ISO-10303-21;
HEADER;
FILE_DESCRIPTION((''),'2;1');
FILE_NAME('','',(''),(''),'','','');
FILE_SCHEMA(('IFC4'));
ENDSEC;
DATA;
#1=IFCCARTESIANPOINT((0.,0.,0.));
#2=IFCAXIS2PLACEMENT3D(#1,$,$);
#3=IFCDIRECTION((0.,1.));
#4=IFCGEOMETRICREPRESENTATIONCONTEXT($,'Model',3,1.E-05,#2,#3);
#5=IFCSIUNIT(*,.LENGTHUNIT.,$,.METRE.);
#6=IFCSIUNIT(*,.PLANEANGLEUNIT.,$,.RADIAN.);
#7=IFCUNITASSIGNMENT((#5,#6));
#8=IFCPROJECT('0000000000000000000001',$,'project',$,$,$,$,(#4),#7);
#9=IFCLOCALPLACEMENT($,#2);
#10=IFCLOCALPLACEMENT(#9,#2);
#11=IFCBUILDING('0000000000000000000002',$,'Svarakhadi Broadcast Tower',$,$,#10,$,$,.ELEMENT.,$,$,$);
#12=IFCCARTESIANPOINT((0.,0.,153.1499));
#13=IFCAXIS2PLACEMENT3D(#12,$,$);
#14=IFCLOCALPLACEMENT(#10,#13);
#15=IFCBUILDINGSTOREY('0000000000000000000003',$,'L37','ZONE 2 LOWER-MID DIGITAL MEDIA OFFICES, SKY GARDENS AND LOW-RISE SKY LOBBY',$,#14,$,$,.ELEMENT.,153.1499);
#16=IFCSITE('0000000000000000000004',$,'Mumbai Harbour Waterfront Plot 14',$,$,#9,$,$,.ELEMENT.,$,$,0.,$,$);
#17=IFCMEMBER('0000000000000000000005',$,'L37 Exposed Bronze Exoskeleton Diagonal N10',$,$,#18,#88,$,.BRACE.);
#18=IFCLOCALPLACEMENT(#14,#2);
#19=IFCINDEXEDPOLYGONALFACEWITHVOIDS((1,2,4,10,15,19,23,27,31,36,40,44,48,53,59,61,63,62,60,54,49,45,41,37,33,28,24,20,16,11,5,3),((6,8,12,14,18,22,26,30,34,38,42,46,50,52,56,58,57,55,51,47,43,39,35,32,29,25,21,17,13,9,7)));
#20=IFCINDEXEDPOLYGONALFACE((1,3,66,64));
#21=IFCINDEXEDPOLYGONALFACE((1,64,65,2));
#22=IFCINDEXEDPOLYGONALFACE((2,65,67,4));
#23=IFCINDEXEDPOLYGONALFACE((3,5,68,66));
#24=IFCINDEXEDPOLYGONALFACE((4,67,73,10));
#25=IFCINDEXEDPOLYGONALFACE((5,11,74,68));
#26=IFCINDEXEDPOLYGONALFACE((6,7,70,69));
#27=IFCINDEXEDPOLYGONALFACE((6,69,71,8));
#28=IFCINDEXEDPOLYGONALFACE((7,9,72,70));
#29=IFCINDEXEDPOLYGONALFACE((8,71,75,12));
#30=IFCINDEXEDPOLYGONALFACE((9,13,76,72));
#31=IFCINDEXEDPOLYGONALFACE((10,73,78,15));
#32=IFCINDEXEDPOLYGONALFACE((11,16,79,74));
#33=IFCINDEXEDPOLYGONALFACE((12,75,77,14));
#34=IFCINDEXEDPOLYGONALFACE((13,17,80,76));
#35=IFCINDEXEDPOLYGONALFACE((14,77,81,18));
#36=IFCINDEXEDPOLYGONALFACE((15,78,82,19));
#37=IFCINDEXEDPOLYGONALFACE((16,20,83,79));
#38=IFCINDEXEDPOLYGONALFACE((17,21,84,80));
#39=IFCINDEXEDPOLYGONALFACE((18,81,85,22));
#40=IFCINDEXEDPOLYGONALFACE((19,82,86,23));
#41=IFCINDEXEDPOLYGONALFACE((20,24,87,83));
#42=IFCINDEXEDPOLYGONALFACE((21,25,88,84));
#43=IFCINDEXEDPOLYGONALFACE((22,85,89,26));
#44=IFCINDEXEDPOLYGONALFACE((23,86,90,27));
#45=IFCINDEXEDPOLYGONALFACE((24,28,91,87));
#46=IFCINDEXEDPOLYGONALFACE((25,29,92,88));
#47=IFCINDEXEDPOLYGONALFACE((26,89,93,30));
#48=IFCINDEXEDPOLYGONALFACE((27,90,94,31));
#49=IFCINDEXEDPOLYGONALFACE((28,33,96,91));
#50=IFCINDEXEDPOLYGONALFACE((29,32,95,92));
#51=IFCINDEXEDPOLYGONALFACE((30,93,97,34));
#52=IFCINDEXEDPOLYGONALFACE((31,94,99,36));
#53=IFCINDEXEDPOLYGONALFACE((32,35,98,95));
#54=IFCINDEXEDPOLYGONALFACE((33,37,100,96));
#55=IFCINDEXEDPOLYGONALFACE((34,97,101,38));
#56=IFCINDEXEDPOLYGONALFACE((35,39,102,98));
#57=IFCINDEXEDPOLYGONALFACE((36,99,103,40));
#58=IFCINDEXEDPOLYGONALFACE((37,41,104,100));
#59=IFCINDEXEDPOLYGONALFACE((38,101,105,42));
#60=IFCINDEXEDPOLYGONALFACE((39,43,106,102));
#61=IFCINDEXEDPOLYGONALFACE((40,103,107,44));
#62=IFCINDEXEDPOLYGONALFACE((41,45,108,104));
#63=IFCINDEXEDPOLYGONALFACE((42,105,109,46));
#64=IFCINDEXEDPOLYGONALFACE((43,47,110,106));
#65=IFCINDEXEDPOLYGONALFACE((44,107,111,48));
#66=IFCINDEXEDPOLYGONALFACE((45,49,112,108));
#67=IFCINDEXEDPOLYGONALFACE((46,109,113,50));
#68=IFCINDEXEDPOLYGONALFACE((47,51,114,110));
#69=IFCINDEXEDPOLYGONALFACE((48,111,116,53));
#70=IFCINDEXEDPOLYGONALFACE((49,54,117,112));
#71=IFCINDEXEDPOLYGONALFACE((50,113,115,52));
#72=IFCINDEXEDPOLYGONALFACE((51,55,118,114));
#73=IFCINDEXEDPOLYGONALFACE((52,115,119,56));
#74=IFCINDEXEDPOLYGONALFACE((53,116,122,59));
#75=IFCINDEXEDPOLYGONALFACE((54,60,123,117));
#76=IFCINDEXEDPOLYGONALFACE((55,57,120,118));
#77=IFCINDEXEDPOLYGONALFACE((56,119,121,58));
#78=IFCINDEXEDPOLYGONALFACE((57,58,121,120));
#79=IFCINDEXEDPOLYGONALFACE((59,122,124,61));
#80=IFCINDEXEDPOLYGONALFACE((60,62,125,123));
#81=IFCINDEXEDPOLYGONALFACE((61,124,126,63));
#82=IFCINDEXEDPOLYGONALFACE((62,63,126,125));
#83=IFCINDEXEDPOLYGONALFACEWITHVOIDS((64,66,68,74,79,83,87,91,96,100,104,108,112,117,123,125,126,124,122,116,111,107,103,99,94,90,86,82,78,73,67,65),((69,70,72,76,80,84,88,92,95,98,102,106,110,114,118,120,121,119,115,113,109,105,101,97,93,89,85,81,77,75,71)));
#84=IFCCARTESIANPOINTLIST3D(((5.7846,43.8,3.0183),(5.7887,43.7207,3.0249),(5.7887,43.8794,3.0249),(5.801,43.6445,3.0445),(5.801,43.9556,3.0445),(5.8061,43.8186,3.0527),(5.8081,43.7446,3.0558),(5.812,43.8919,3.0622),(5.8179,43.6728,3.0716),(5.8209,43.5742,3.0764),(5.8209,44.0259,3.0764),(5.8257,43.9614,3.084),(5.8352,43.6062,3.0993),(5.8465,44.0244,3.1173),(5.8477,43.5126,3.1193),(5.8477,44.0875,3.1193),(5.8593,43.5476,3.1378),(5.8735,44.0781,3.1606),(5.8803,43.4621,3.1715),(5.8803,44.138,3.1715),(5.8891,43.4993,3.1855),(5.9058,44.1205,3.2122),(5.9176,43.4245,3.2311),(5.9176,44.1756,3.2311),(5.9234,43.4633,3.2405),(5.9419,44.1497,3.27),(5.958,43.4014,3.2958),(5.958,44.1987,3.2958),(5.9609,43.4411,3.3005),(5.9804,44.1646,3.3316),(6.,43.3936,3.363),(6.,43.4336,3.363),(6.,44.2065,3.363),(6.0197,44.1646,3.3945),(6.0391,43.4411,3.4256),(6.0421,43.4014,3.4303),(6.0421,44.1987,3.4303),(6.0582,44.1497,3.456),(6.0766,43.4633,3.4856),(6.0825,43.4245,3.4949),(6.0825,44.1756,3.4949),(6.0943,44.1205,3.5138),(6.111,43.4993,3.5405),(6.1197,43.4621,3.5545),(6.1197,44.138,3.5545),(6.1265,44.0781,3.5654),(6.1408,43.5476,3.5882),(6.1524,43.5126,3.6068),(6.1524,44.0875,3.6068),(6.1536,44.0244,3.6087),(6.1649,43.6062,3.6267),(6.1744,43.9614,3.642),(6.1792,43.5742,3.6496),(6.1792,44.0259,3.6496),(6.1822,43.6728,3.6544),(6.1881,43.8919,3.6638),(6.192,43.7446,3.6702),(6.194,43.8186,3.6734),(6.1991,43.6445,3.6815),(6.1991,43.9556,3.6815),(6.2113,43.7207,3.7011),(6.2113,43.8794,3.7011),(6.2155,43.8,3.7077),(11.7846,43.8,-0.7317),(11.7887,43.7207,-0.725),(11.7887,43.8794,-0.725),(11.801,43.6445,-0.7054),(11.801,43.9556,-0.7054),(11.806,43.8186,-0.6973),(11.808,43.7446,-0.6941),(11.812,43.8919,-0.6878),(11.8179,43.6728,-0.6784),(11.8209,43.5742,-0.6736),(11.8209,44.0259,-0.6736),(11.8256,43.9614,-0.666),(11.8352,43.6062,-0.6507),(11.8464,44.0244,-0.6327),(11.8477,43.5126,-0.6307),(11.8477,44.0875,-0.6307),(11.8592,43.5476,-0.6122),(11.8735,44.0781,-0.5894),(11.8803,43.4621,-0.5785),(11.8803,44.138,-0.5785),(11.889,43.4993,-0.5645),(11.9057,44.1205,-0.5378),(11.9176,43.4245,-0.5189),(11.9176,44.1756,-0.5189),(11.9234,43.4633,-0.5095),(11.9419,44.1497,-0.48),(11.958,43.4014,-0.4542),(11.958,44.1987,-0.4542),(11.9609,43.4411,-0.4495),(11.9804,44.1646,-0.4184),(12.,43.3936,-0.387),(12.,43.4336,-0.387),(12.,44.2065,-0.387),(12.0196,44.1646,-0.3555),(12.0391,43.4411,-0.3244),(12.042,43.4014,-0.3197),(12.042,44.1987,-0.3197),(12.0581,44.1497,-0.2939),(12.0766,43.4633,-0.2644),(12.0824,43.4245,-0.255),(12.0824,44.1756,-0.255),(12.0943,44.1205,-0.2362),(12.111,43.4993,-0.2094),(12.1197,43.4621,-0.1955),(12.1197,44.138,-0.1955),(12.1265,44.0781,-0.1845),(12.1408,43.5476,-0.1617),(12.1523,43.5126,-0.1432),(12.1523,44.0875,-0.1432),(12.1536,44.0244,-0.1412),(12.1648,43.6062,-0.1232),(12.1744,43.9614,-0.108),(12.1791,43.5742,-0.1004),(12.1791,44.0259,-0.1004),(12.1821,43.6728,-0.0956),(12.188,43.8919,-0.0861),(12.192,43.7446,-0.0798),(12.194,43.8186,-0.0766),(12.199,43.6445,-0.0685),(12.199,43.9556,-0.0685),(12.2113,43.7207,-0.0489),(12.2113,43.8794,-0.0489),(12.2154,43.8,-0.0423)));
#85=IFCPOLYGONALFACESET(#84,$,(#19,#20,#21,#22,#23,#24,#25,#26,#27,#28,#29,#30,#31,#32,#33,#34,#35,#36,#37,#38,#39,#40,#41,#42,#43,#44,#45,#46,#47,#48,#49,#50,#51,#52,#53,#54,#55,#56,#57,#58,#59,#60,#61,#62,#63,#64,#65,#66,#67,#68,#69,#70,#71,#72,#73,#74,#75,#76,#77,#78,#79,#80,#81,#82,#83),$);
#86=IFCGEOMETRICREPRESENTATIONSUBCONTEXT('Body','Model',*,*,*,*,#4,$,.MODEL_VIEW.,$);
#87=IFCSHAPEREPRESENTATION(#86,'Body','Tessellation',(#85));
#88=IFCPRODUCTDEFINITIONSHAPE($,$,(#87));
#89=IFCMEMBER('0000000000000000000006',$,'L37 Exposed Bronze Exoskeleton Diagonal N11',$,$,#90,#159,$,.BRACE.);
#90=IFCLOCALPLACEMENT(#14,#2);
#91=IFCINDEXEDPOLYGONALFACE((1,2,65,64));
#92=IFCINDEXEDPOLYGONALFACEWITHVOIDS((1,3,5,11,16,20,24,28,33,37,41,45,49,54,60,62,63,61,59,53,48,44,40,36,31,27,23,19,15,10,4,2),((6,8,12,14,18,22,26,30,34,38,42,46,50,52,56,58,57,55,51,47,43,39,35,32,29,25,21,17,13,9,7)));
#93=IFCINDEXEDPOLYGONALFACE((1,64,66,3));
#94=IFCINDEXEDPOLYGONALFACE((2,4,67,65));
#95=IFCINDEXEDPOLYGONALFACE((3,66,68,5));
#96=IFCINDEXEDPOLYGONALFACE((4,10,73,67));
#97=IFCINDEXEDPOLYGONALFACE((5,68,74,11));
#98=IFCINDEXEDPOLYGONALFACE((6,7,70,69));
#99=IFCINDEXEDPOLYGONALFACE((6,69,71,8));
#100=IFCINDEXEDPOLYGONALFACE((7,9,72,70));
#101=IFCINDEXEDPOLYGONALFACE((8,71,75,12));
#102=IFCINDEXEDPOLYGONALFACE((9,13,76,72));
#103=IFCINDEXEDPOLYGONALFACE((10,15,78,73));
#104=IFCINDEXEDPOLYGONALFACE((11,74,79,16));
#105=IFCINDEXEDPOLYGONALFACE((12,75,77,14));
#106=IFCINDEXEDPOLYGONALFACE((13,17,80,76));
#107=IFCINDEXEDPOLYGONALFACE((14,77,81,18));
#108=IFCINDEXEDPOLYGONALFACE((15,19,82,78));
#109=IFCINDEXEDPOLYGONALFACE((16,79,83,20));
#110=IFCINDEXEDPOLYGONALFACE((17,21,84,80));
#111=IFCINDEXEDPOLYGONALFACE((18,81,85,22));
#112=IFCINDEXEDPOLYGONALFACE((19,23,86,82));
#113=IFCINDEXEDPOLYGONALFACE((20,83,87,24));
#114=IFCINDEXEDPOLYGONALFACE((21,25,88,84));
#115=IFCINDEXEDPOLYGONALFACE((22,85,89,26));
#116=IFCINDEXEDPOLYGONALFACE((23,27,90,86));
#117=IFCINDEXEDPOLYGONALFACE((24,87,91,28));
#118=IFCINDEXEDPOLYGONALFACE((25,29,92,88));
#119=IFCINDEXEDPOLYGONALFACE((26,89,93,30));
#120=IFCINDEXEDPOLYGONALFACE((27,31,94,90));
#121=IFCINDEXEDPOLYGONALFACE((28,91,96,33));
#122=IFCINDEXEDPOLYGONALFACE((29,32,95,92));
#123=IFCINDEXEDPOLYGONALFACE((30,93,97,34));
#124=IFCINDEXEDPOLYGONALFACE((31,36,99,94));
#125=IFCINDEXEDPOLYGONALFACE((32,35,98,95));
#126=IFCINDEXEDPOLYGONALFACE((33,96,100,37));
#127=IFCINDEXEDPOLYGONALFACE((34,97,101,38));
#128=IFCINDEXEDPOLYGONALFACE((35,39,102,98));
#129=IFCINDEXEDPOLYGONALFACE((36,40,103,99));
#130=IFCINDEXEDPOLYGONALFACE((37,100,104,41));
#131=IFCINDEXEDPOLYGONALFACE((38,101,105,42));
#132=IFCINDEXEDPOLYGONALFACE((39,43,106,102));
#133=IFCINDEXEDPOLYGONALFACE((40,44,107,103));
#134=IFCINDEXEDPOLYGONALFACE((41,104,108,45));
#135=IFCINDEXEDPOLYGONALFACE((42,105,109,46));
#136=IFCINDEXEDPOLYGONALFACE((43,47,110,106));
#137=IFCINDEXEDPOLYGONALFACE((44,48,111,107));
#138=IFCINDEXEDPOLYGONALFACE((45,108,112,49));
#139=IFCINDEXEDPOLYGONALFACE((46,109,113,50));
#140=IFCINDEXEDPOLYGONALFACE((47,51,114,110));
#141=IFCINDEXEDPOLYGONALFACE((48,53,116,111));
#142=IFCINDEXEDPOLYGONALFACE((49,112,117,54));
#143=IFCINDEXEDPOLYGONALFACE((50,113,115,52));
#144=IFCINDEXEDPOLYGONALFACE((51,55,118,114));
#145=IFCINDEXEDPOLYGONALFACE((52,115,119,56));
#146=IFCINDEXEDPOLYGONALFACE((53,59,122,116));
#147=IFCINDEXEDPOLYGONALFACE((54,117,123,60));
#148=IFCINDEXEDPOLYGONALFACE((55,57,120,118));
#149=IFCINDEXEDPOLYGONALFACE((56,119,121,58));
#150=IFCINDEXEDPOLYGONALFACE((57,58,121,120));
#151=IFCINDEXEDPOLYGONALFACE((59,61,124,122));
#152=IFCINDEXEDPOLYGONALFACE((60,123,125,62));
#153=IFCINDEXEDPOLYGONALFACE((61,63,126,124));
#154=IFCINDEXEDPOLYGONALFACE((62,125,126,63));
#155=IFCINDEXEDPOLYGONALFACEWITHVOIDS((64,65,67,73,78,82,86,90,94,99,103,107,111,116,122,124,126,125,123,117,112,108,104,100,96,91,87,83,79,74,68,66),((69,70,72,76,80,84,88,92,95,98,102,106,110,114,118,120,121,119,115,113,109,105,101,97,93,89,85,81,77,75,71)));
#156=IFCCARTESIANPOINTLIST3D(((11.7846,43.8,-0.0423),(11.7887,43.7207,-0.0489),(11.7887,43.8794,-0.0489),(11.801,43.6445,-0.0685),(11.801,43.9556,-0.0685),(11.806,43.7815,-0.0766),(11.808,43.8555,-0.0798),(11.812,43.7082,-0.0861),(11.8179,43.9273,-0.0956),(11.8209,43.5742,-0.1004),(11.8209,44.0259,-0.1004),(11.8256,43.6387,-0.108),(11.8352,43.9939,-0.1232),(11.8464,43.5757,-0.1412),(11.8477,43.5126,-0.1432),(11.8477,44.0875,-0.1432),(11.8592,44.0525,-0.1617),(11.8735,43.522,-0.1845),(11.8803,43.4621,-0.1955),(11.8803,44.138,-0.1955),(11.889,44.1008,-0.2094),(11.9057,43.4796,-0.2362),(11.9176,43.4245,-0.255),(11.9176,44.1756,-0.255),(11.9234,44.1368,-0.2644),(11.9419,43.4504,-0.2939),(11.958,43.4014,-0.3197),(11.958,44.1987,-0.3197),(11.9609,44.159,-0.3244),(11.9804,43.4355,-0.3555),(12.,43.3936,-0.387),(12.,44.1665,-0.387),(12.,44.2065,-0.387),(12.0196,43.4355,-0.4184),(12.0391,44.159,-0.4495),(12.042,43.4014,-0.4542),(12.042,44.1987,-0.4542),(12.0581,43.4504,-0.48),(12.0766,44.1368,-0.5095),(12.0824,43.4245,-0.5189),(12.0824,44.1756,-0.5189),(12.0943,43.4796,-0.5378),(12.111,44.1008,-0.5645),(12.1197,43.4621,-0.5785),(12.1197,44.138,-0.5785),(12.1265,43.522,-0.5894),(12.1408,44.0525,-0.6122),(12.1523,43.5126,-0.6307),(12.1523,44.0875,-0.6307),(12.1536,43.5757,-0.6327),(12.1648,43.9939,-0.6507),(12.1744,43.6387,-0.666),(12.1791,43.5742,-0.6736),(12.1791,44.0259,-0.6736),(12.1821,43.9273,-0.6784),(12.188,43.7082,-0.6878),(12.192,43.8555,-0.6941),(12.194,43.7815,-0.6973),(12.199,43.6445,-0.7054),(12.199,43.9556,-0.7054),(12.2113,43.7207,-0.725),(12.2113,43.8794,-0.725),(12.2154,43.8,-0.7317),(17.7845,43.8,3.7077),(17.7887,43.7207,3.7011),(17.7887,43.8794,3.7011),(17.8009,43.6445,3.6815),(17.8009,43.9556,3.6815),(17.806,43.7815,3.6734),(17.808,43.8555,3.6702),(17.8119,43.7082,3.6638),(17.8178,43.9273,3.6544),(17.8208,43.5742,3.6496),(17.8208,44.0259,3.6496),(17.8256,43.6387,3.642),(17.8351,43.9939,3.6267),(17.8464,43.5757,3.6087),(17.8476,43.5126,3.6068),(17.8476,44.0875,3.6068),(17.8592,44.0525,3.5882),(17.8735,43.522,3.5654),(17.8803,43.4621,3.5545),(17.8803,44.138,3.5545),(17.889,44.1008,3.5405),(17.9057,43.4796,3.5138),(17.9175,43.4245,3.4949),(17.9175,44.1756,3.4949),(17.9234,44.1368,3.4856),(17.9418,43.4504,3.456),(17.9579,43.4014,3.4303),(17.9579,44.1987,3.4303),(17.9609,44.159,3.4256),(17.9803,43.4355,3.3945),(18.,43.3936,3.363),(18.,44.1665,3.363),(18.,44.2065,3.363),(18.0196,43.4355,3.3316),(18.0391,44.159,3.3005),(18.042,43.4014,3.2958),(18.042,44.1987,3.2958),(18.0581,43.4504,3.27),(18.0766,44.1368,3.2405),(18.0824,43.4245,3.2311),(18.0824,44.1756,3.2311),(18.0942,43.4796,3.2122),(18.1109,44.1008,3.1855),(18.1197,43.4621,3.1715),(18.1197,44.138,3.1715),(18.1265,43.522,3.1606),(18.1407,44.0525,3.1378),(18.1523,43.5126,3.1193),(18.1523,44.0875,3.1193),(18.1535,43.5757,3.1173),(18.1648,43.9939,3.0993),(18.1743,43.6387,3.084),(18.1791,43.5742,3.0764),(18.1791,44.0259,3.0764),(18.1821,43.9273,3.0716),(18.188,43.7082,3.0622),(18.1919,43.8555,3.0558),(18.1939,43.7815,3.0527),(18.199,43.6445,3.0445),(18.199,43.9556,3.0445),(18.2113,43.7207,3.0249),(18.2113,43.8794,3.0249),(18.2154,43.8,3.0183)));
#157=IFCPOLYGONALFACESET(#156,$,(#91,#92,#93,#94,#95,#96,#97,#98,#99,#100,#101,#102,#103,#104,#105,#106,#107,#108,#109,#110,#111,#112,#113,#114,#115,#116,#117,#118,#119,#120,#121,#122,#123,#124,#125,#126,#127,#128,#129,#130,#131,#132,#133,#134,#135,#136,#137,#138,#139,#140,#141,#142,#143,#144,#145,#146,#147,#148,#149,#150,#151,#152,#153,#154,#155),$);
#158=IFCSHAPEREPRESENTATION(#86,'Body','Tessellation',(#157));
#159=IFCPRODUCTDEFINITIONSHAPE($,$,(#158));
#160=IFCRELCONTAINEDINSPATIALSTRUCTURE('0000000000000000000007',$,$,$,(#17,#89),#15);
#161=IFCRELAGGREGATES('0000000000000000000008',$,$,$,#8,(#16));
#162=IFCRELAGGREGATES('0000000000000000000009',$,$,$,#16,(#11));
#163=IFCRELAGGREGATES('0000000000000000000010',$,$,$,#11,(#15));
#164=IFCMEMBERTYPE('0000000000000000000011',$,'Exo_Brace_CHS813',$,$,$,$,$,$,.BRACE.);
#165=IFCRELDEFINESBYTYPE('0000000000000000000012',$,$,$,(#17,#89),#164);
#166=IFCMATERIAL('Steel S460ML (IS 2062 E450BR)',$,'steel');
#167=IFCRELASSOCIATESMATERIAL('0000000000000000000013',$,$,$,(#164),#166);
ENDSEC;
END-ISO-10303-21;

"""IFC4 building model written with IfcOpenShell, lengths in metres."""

from ifc_helpers import new_model, si_unit, direction, frame, origin, origin_2d, place, context, subcontext, project, spatial, hollow_circle, extrude, material, material_profile, profile_set, type_object, element, save


model = new_model("IFC4")

# Units and contexts
model_context = context("Model", 3, precision=1e-05, world=origin(), true_north=direction((0.0, 1.0)))
body_context = subcontext(model_context, "Body", "Model", "MODEL_VIEW")
ifc_project = project(units=[si_unit("LENGTHUNIT", "METRE"), si_unit("PLANEANGLEUNIT", "RADIAN")], contexts=[model_context])

# Site, building, storey
site_placement = place(None, origin())
site = spatial("IfcSite", under=ifc_project, at=site_placement, Name="Mumbai Harbour Waterfront Plot 14", CompositionType="ELEMENT", RefElevation=0.0)
building_placement = place(site_placement, origin())
building = spatial("IfcBuilding", under=site, at=building_placement, Name="Svarakhadi Broadcast Tower", CompositionType="ELEMENT")
storey_placement = place(building_placement, frame((0.0, 0.0, 153.1499)))
storey = spatial("IfcBuildingStorey", under=building, at=storey_placement, Name="L37", Description="ZONE 2 LOWER-MID DIGITAL MEDIA OFFICES, SKY GARDENS AND LOW-RISE SKY LOBBY", CompositionType="ELEMENT", Elevation=153.1499)

# Shared definitions
ifc_material_1 = material(Name="Steel S460ML (IS 2062 E450BR)", Category="steel")

# Members
ifc_material_profile_1 = material_profile(ifc_material_1, hollow_circle(Radius=0.4065, WallThickness=0.04, at=origin_2d()), Name="CHS 813x40")
ifc_profile_set_1 = profile_set([ifc_material_profile_1], Name="Steel S460ML (IS 2062 E450BR)")
member_type_1 = type_object("IfcMemberType", Name="Exo_Brace_CHS813", PredefinedType="BRACE", material=ifc_profile_set_1)
for number, where, z_axis, x_axis, name in (
    (1, (12.0, 43.8, -0.387), (-0.847998, 0.0, 0.529999), (0.0, -1.0, 0.0), "L37 Exposed Bronze Exoskeleton Diagonal N10"),
    (2, (12.0, 43.8, -0.387), (0.847998, 0.0, 0.529999), (0.0, 1.0, 0.0), "L37 Exposed Bronze Exoskeleton Diagonal N11"),
):
    element("IfcMember", number, at=place(storey_placement, frame(where, z_axis=z_axis, x_axis=x_axis)), inside=storey, type_object=member_type_1, Name=name, PredefinedType="BRACE", context=body_context, shape_type="SweptSolid", body=[
        extrude(hollow_circle(Radius=0.4065, WallThickness=0.04, at=origin_2d()), origin(), (0.0, 0.0, 1.0), 7.0754),
    ])

save(model, "model.ifc")
